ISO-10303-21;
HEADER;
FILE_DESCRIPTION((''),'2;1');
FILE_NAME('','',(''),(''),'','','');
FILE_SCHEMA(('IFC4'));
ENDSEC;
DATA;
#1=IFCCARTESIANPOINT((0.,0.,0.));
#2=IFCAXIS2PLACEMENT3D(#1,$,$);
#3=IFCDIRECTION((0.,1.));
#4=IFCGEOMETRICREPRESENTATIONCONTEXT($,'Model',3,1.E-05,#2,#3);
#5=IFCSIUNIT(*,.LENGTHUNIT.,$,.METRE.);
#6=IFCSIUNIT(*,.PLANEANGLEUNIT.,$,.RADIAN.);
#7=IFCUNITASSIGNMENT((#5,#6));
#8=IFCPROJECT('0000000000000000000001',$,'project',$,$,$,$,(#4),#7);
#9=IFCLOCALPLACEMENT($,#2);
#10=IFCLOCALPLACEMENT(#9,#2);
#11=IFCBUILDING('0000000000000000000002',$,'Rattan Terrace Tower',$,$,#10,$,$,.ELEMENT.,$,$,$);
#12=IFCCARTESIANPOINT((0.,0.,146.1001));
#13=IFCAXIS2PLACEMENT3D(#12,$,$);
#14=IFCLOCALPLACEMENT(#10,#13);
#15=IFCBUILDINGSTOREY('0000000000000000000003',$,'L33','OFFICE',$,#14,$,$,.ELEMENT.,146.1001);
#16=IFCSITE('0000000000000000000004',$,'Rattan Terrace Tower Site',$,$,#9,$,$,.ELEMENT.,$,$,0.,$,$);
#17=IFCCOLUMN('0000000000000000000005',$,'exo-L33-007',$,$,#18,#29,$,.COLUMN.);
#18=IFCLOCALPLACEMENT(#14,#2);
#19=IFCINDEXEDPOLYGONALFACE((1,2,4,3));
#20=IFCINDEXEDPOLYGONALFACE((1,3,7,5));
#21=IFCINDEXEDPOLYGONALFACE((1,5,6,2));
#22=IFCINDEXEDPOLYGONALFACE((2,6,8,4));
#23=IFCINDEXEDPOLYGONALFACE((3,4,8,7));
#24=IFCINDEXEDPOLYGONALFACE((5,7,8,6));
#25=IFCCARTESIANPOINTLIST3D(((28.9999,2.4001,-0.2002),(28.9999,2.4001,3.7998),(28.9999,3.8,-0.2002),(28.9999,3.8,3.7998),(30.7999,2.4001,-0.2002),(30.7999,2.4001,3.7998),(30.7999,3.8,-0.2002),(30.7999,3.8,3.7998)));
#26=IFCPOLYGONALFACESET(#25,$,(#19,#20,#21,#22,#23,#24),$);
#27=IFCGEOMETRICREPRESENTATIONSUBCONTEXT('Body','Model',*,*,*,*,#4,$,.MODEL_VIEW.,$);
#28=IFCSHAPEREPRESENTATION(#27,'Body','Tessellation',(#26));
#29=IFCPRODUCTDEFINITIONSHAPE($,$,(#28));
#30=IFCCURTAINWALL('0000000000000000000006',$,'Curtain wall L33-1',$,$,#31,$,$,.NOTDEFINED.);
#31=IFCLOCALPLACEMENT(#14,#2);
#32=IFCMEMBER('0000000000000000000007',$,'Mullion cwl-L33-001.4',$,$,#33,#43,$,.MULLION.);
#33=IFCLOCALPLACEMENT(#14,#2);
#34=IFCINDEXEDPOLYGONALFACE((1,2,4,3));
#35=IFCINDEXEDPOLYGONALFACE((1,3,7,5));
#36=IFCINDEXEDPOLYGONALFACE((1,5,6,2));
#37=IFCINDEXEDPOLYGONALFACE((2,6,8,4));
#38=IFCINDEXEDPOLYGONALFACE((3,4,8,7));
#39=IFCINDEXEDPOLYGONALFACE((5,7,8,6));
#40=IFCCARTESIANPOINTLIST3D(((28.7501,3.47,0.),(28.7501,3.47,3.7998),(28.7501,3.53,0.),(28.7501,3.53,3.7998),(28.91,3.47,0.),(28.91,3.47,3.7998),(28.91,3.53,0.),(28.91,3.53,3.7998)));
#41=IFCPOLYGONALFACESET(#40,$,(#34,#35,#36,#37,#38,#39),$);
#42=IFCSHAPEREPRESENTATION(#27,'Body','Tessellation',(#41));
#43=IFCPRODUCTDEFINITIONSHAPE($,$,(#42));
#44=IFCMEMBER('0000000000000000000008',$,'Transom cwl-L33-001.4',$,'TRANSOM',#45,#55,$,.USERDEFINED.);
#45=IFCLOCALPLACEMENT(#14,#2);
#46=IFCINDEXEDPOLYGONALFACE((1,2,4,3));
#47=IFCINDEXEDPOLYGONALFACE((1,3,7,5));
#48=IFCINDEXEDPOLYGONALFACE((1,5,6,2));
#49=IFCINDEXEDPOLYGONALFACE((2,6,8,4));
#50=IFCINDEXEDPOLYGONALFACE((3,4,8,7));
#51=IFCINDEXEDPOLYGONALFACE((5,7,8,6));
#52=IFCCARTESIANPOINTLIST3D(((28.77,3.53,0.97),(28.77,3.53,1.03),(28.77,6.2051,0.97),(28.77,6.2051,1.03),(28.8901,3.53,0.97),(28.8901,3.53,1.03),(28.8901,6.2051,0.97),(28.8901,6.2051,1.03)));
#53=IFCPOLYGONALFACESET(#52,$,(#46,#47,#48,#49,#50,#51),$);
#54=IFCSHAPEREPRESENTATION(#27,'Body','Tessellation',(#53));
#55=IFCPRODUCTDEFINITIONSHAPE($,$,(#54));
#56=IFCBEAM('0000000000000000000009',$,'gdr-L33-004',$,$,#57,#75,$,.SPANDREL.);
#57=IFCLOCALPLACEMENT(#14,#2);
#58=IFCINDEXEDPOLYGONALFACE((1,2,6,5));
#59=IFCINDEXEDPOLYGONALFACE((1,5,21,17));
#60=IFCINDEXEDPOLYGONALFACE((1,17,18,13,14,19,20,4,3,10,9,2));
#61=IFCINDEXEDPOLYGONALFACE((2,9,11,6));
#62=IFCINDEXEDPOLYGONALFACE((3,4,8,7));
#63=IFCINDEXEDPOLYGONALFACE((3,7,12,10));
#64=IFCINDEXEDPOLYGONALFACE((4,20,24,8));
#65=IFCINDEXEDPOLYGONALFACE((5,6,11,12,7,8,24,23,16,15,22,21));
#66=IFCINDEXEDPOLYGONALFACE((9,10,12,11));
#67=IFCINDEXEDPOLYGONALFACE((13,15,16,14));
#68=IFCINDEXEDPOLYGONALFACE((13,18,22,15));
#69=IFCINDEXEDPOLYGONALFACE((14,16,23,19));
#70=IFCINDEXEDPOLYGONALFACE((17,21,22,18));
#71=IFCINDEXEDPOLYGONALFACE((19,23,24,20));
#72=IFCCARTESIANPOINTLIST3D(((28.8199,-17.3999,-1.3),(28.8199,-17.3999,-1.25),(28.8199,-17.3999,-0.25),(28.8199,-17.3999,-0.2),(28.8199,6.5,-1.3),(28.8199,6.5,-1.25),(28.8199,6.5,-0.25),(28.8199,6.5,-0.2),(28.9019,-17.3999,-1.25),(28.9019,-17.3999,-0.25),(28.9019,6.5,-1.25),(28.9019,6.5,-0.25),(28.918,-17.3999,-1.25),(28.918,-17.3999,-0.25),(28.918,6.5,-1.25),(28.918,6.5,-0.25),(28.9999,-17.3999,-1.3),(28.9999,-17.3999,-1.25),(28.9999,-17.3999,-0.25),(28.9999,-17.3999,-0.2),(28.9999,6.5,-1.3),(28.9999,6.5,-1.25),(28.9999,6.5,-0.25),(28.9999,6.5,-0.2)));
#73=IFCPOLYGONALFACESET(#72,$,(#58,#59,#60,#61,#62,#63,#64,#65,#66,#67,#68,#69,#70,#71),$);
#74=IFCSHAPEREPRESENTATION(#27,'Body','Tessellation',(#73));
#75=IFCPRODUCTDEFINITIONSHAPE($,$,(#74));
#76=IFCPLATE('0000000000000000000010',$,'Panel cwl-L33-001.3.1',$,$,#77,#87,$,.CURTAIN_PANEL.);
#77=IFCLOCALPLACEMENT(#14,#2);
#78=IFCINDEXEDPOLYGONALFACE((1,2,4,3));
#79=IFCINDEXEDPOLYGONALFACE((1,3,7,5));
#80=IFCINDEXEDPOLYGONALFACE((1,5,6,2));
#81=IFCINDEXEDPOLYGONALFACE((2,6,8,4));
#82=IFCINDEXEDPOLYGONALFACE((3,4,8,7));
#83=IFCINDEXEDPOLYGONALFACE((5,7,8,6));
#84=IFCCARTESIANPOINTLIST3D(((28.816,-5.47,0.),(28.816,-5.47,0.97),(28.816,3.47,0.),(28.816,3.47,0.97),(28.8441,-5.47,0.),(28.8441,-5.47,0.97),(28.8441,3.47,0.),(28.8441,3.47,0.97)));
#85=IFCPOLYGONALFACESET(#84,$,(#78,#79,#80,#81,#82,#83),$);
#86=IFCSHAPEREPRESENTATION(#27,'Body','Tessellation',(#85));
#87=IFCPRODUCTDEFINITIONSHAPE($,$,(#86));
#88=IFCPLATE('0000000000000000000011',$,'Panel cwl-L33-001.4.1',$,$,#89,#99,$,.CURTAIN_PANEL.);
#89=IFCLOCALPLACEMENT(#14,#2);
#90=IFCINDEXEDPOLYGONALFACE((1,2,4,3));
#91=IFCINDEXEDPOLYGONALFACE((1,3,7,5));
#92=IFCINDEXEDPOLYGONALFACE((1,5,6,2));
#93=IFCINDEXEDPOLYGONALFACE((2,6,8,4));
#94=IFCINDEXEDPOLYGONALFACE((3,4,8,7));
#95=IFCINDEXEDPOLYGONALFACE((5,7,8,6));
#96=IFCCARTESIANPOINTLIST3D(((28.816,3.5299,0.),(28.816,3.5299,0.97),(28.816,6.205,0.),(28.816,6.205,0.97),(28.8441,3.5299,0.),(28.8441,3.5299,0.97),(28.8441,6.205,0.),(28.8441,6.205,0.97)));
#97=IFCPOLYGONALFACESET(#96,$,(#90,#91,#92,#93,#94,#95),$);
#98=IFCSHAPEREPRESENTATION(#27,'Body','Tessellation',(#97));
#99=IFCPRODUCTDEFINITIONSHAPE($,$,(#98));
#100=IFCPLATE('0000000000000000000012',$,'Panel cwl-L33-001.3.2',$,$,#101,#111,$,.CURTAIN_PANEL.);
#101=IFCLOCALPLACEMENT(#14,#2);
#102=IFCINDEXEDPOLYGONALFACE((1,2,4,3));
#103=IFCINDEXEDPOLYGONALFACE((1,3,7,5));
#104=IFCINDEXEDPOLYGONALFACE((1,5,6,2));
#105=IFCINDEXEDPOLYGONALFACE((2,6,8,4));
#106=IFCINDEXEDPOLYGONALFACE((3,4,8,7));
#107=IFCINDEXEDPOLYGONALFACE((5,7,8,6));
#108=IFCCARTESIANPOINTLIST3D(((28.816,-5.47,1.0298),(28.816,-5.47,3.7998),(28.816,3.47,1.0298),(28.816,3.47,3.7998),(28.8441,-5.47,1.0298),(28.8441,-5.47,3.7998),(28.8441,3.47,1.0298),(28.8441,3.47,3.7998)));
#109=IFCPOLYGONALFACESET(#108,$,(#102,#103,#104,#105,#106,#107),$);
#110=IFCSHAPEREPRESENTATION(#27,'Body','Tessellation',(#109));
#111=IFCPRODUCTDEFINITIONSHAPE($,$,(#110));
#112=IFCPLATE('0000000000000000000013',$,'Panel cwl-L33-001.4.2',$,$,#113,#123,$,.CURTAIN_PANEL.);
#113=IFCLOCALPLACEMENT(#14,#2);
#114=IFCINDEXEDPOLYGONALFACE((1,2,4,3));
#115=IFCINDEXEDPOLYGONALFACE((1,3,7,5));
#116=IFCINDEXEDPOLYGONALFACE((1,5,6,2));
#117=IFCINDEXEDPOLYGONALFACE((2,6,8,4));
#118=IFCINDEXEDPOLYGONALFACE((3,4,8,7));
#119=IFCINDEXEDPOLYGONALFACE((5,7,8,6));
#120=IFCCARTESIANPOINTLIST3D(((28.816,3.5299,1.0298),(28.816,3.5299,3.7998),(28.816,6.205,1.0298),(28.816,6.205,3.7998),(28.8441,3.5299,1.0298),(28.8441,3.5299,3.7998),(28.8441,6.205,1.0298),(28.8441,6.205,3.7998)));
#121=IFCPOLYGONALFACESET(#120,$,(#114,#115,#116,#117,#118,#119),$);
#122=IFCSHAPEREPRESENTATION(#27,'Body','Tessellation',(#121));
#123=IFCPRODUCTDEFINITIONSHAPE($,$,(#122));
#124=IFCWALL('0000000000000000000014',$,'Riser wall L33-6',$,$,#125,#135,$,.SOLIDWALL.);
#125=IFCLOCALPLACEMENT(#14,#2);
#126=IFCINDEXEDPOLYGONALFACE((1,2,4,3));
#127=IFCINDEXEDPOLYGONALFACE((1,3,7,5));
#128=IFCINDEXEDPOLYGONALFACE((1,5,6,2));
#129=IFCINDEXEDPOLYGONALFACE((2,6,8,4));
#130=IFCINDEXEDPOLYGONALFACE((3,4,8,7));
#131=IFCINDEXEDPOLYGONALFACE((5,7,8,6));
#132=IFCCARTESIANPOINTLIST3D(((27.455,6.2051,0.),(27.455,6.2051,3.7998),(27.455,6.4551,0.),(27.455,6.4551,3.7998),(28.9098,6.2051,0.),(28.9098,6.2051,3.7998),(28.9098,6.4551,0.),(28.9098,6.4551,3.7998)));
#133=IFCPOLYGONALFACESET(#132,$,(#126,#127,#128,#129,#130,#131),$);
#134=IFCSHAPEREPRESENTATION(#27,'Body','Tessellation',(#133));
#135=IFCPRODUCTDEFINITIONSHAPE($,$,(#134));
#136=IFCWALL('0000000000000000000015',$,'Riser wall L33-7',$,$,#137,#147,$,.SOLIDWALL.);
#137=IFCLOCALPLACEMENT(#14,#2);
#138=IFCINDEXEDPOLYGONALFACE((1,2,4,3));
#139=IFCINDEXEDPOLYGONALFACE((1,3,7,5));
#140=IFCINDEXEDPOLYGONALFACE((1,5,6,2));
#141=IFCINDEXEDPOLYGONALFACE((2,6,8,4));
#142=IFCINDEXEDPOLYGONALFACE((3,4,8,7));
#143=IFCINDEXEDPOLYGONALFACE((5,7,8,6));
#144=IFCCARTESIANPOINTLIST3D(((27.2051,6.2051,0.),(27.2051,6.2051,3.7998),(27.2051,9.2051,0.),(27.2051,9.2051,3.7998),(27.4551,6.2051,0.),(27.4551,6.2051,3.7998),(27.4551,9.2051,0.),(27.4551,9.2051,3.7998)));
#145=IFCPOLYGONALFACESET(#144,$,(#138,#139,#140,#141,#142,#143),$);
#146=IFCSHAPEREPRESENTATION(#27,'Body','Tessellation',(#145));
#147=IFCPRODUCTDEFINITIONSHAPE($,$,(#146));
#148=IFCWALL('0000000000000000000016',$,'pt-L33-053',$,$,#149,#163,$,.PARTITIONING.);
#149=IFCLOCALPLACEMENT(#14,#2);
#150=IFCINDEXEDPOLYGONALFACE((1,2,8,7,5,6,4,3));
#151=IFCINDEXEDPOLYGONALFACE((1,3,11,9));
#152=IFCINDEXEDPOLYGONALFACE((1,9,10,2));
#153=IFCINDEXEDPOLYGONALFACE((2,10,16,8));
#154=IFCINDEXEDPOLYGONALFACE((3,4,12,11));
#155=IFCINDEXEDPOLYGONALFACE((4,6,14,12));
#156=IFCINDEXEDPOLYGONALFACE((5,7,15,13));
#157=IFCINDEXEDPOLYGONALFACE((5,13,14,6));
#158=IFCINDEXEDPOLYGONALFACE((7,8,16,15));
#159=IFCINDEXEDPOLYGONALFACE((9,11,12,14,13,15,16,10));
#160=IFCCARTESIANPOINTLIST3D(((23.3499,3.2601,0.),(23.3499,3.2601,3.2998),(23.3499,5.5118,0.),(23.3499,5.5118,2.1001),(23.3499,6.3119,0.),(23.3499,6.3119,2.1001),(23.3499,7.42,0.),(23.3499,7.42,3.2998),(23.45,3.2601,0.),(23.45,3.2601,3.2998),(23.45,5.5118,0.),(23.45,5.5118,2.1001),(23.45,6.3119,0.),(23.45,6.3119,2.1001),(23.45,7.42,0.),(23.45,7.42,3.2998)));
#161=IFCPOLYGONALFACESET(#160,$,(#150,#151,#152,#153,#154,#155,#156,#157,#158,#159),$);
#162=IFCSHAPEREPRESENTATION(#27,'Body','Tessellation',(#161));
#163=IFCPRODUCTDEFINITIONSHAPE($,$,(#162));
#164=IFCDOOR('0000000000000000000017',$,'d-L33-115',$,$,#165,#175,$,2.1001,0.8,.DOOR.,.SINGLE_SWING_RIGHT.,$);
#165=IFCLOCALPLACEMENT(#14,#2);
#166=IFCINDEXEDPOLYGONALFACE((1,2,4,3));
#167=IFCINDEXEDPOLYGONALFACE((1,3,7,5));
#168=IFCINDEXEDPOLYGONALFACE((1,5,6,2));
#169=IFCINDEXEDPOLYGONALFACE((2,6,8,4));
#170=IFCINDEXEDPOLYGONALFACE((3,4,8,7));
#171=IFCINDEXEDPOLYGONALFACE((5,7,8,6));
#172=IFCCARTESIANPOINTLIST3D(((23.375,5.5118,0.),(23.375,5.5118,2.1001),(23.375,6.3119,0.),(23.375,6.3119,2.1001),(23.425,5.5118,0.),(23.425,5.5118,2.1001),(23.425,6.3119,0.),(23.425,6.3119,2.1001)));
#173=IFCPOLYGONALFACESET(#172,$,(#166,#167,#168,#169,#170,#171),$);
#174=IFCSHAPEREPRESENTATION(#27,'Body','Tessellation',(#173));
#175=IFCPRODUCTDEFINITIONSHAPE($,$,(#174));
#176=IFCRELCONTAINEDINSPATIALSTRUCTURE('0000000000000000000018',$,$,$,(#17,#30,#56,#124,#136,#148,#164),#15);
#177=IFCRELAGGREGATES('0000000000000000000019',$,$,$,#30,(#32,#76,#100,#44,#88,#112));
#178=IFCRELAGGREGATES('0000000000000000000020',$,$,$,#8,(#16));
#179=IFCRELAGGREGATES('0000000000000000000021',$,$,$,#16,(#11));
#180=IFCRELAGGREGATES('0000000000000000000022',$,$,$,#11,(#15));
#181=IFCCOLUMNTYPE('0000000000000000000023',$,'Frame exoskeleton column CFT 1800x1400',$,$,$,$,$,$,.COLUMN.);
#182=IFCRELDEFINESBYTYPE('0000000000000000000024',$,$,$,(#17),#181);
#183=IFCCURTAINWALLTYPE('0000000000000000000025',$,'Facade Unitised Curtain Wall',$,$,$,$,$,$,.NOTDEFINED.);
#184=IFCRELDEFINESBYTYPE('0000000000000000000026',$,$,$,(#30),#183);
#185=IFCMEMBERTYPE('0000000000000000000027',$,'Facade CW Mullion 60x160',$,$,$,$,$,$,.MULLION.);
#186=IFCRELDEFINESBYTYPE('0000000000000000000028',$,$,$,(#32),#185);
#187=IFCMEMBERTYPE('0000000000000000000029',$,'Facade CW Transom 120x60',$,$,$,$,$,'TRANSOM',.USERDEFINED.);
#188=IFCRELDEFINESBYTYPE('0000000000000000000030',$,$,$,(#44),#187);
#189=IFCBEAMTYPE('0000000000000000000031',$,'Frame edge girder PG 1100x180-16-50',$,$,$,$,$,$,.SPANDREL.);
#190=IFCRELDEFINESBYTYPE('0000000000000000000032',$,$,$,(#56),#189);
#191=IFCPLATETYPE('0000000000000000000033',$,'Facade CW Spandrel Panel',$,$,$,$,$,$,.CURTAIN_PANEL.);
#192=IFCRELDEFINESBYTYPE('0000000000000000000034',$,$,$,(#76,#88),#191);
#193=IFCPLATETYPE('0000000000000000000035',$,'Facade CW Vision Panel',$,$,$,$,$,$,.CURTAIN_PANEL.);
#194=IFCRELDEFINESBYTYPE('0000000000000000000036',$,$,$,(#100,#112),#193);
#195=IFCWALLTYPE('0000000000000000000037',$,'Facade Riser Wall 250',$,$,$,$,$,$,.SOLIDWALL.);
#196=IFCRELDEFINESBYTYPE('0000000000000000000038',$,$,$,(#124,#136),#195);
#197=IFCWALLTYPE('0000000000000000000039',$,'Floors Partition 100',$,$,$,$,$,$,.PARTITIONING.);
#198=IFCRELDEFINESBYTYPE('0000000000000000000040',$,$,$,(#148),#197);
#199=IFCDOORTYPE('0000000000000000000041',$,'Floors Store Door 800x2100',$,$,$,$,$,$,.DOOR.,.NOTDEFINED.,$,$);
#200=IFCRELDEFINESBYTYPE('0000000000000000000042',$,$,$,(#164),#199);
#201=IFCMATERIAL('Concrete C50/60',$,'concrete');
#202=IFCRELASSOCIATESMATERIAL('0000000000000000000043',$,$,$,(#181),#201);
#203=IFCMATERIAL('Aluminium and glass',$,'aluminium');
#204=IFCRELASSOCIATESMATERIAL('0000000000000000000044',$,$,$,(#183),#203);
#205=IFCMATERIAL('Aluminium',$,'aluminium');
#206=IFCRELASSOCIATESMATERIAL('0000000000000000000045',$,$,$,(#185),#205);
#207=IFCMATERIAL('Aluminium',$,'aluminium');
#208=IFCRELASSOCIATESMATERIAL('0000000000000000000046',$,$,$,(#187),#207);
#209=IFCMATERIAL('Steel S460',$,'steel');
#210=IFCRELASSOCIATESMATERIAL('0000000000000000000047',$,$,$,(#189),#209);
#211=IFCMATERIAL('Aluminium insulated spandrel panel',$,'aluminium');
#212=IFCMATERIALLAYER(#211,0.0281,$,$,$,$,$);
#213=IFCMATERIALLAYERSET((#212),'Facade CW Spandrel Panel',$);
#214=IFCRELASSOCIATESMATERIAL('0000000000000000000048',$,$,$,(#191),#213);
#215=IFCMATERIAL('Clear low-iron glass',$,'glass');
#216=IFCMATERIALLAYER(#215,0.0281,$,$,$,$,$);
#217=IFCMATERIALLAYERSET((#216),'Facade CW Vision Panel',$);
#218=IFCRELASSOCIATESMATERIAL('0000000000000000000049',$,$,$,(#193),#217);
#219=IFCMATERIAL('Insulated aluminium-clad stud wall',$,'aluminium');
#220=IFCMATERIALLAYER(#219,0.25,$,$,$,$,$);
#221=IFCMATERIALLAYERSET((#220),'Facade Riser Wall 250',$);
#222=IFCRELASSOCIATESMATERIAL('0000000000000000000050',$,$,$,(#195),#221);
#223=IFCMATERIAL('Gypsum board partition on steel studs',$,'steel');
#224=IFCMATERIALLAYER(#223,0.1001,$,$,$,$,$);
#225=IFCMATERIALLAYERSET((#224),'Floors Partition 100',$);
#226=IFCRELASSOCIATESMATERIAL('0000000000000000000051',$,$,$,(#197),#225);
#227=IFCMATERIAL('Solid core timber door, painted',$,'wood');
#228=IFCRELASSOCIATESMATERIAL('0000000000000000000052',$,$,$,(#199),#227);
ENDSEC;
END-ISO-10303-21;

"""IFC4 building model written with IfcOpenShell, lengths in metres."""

from ifc_helpers import new_model, si_unit, direction, frame, frame_2d, origin, origin_2d, place, context, subcontext, project, spatial, rectangle, i_section, extrude, material, layer, layer_set, material_profile, profile_set, type_object, element, fill, aggregate, save


model = new_model("IFC4")

# Units and contexts
model_context = context("Model", 3, precision=1e-05, world=origin(), true_north=direction((0.0, 1.0)))
body_context = subcontext(model_context, "Body", "Model", "MODEL_VIEW")
ifc_project = project(units=[si_unit("LENGTHUNIT", "METRE"), si_unit("PLANEANGLEUNIT", "RADIAN")], contexts=[model_context])

# Site, building, storey
site_placement = place(None, origin())
site = spatial("IfcSite", under=ifc_project, at=site_placement, Name="Rattan Terrace Tower Site", CompositionType="ELEMENT", RefElevation=0.0)
building_placement = place(site_placement, origin())
building = spatial("IfcBuilding", under=site, at=building_placement, Name="Rattan Terrace Tower", CompositionType="ELEMENT")
storey_placement = place(building_placement, frame((0.0, 0.0, 146.1001)))
storey = spatial("IfcBuildingStorey", under=building, at=storey_placement, Name="L33", Description="OFFICE", CompositionType="ELEMENT", Elevation=146.1001)

# Column
ifc_material_1 = material(Name="Concrete C50/60", Category="concrete")
ifc_material_profile_1 = material_profile(ifc_material_1, rectangle(XDim=1.3999, YDim=1.8, at=origin_2d()), Name="CFT 1800x1400")
ifc_profile_set_1 = profile_set([ifc_material_profile_1], Name="Concrete C50/60")
column_type = type_object("IfcColumnType", Name="Frame exoskeleton column CFT 1800x1400", PredefinedType="COLUMN", material=ifc_profile_set_1)
column_placement = place(storey_placement, frame((29.8999, 3.1001, -0.2002), z_axis=(0.0, 0.0, 1.0), x_axis=(0.0, 1.0, 0.0)))
element("IfcColumn", 1, at=column_placement, inside=storey, type_object=column_type, Name="exo-L33-007", PredefinedType="COLUMN", context=body_context, shape_type="SweptSolid", body=[
    extrude(rectangle(XDim=1.3999, YDim=1.8, at=origin_2d()), origin(), (0.0, 0.0, 1.0), 4.0),
])

# Curtain wall, members
ifc_material_2 = material(Name="Aluminium and glass", Category="aluminium")
curtain_wall_type = type_object("IfcCurtainWallType", Name="Facade Unitised Curtain Wall", PredefinedType="NOTDEFINED", material=ifc_material_2)
curtain_wall_placement = place(storey_placement, origin())
curtain_wall = element("IfcCurtainWall", 2, at=curtain_wall_placement, inside=storey, type_object=curtain_wall_type, Name="Curtain wall L33-1", PredefinedType="NOTDEFINED")
ifc_material_3 = material(Name="Aluminium", Category="aluminium")
ifc_material_profile_2 = material_profile(ifc_material_3, rectangle(XDim=0.0601, YDim=0.1599, at=origin_2d()), Name="Aluminium 60x160")
ifc_profile_set_2 = profile_set([ifc_material_profile_2], Name="Aluminium")
member_type_1 = type_object("IfcMemberType", Name="Facade CW Mullion 60x160", PredefinedType="MULLION", material=ifc_profile_set_2)
member_1_placement = place(storey_placement, frame((28.8301, 3.5, 0.0), z_axis=(0.0, 0.0, 1.0), x_axis=(0.0, 1.0, 0.0)))
member_1 = element("IfcMember", 3, at=member_1_placement, type_object=member_type_1, Name="Mullion cwl-L33-001.4", PredefinedType="MULLION", context=body_context, shape_type="SweptSolid", body=[
    extrude(rectangle(XDim=0.0601, YDim=0.1599, at=origin_2d()), origin(), (0.0, 0.0, 1.0), 3.7998),
])
ifc_material_4 = material(Name="Aluminium", Category="aluminium")
ifc_material_profile_3 = material_profile(ifc_material_4, rectangle(XDim=0.1201, YDim=0.0601, at=origin_2d()), Name="Aluminium 120x60")
ifc_profile_set_3 = profile_set([ifc_material_profile_3], Name="Aluminium")
member_type_2 = type_object("IfcMemberType", Name="Facade CW Transom 120x60", ElementType="TRANSOM", PredefinedType="USERDEFINED", material=ifc_profile_set_3)
member_2_placement = place(storey_placement, frame((28.8301, 3.53, 1.0), z_axis=(0.0, 1.0, 0.0), x_axis=(-1.0, 0.0, 0.0)))
member_2 = element("IfcMember", 4, at=member_2_placement, type_object=member_type_2, Name="Transom cwl-L33-001.4", ObjectType="TRANSOM", PredefinedType="USERDEFINED", context=body_context, shape_type="SweptSolid", body=[
    extrude(rectangle(XDim=0.1201, YDim=0.0601, at=origin_2d()), origin(), (0.0, 0.0, 1.0), 2.675),
])

# Beam
ifc_material_5 = material(Name="Steel S460", Category="steel")
ifc_material_profile_4 = material_profile(ifc_material_5, i_section(OverallWidth=0.1799, OverallDepth=1.1001, WebThickness=0.0161, FlangeThickness=0.05, at=origin_2d()), Name="PG 1100x180-16-50")
ifc_profile_set_4 = profile_set([ifc_material_profile_4], Name="Steel S460")
beam_type = type_object("IfcBeamType", Name="Frame edge girder PG 1100x180-16-50", PredefinedType="SPANDREL", material=ifc_profile_set_4)
beam_placement = place(storey_placement, frame((28.9099, 6.5, -0.75), z_axis=(0.0, -1.0, 0.0), x_axis=(1.0, 0.0, 0.0)))
element("IfcBeam", 5, at=beam_placement, inside=storey, type_object=beam_type, Name="gdr-L33-004", PredefinedType="SPANDREL", context=body_context, shape_type="SweptSolid", body=[
    extrude(i_section(OverallWidth=0.1799, OverallDepth=1.1001, WebThickness=0.0161, FlangeThickness=0.05, at=origin_2d()), origin(), (0.0, 0.0, 1.0), 23.8999),
])

# Plates
ifc_material_6 = material(Name="Aluminium insulated spandrel panel", Category="aluminium")
ifc_layer_1 = layer(ifc_material_6, 0.0281)
ifc_layer_set_1 = layer_set([ifc_layer_1], Name="Facade CW Spandrel Panel")
plate_type_1 = type_object("IfcPlateType", Name="Facade CW Spandrel Panel", PredefinedType="CURTAIN_PANEL", material=ifc_layer_set_1)
plate_1_placement = place(storey_placement, frame((28.8301, -1.0, 0.0), z_axis=(0.0, 0.0, 1.0), x_axis=(0.0, 1.0, 0.0)))
plate_1 = element("IfcPlate", 6, at=plate_1_placement, type_object=plate_type_1, Name="Panel cwl-L33-001.3.1", PredefinedType="CURTAIN_PANEL", context=body_context, shape_type="SweptSolid", body=[
    extrude(rectangle(XDim=8.9399, YDim=0.0281, at=origin_2d()), origin(), (0.0, 0.0, 1.0), 0.97),
])
plate_2_placement = place(storey_placement, frame((28.8301, 4.8674, 0.0), z_axis=(0.0, 0.0, 1.0), x_axis=(0.0, 1.0, 0.0)))
plate_2 = element("IfcPlate", 7, at=plate_2_placement, type_object=plate_type_1, Name="Panel cwl-L33-001.4.1", PredefinedType="CURTAIN_PANEL", context=body_context, shape_type="SweptSolid", body=[
    extrude(rectangle(XDim=2.675, YDim=0.0281, at=origin_2d()), origin(), (0.0, 0.0, 1.0), 0.97),
])
ifc_material_7 = material(Name="Clear low-iron glass", Category="glass")
ifc_layer_2 = layer(ifc_material_7, 0.0281)
ifc_layer_set_2 = layer_set([ifc_layer_2], Name="Facade CW Vision Panel")
plate_type_2 = type_object("IfcPlateType", Name="Facade CW Vision Panel", PredefinedType="CURTAIN_PANEL", material=ifc_layer_set_2)
plate_3_placement = place(storey_placement, frame((28.8301, -1.0, 1.0298), z_axis=(0.0, 0.0, 1.0), x_axis=(0.0, 1.0, 0.0)))
plate_3 = element("IfcPlate", 8, at=plate_3_placement, type_object=plate_type_2, Name="Panel cwl-L33-001.3.2", PredefinedType="CURTAIN_PANEL", context=body_context, shape_type="SweptSolid", body=[
    extrude(rectangle(XDim=8.9399, YDim=0.0281, at=origin_2d()), origin(), (0.0, 0.0, 1.0), 2.77),
])
plate_4_placement = place(storey_placement, frame((28.8301, 4.8674, 1.0298), z_axis=(0.0, 0.0, 1.0), x_axis=(0.0, 1.0, 0.0)))
plate_4 = element("IfcPlate", 9, at=plate_4_placement, type_object=plate_type_2, Name="Panel cwl-L33-001.4.2", PredefinedType="CURTAIN_PANEL", context=body_context, shape_type="SweptSolid", body=[
    extrude(rectangle(XDim=2.675, YDim=0.0281, at=origin_2d()), origin(), (0.0, 0.0, 1.0), 2.77),
])
aggregate(curtain_wall, [member_1, plate_1, plate_3, member_2, plate_2, plate_4])

# Walls
ifc_material_8 = material(Name="Insulated aluminium-clad stud wall", Category="aluminium")
ifc_layer_3 = layer(ifc_material_8, 0.25)
ifc_layer_set_3 = layer_set([ifc_layer_3], Name="Facade Riser Wall 250")
wall_type_1 = type_object("IfcWallType", Name="Facade Riser Wall 250", PredefinedType="SOLIDWALL", material=ifc_layer_set_3)
wall_1_placement = place(storey_placement, frame((28.9099, 6.3301, 0.0), z_axis=(0.0, 0.0, 1.0), x_axis=(-1.0, 0.0, 0.0)))
element("IfcWall", 10, at=wall_1_placement, inside=storey, type_object=wall_type_1, Name="Riser wall L33-6", PredefinedType="SOLIDWALL", context=body_context, shape_type="SweptSolid", body=[
    extrude(rectangle(XDim=1.4548, YDim=0.25, at=frame_2d((0.7275, 0.0))), origin(), (0.0, 0.0, 1.0), 3.7998),
])
wall_2_placement = place(storey_placement, frame((27.3301, 6.2051, 0.0), z_axis=(0.0, 0.0, 1.0), x_axis=(0.0, 1.0, 0.0)))
element("IfcWall", 11, at=wall_2_placement, inside=storey, type_object=wall_type_1, Name="Riser wall L33-7", PredefinedType="SOLIDWALL", context=body_context, shape_type="SweptSolid", body=[
    extrude(rectangle(XDim=3.0, YDim=0.25, at=frame_2d((1.5, 0.0))), origin(), (0.0, 0.0, 1.0), 3.7998),
])

# Wall, opening, door
ifc_material_9 = material(Name="Gypsum board partition on steel studs", Category="steel")
ifc_layer_4 = layer(ifc_material_9, 0.1001)
ifc_layer_set_4 = layer_set([ifc_layer_4], Name="Floors Partition 100")
wall_type_2 = type_object("IfcWallType", Name="Floors Partition 100", PredefinedType="PARTITIONING", material=ifc_layer_set_4)
wall_3_placement = place(storey_placement, frame((23.3999, 3.26, 0.0), z_axis=(0.0, 0.0, 1.0), x_axis=(0.0, 1.0, 0.0)))
wall_3 = element("IfcWall", 12, at=wall_3_placement, inside=storey, type_object=wall_type_2, Name="pt-L33-053", PredefinedType="PARTITIONING", context=body_context, shape_type="SweptSolid", body=[
    extrude(rectangle(XDim=4.1599, YDim=0.1001, at=frame_2d((2.0801, 0.0))), origin(), (0.0, 0.0, 1.0), 3.2998),
])
opening_1_placement = place(wall_3_placement, frame((2.252, 0.0, 0.0)))
opening_1 = element("IfcOpeningElement", 13, at=opening_1_placement, cuts=wall_3, PredefinedType="OPENING", context=body_context, shape_type="SweptSolid", body=[
    extrude(rectangle(XDim=0.8, YDim=2.1001, at=frame_2d((0.3999, 1.05))), frame((0.0, 0.0605, 0.0), z_axis=(0.0, -1.0, 0.0), x_axis=(1.0, 0.0, 0.0)), (0.0, 0.0, 1.0), 0.1211),
])
ifc_material_10 = material(Name="Solid core timber door, painted", Category="wood")
door_type_1 = type_object("IfcDoorType", Name="Floors Store Door 800x2100", OperationType="NOTDEFINED", PredefinedType="DOOR", material=ifc_material_10)
door_1_placement = place(opening_1_placement, origin())
door_1 = element("IfcDoor", 14, at=door_1_placement, inside=storey, type_object=door_type_1, Name="d-L33-115", OperationType="SINGLE_SWING_RIGHT", OverallHeight=2.1001, OverallWidth=0.8, PredefinedType="DOOR", context=body_context, shape_type="SweptSolid", body=[
    extrude(rectangle(XDim=0.8, YDim=2.1001, at=frame_2d((0.3999, 1.05))), frame((0.0, 0.0249, 0.0), z_axis=(0.0, -1.0, 0.0), x_axis=(1.0, 0.0, 0.0)), (0.0, 0.0, 1.0), 0.05),
])
fill(opening_1, door_1)

save(model, "model.ifc")
